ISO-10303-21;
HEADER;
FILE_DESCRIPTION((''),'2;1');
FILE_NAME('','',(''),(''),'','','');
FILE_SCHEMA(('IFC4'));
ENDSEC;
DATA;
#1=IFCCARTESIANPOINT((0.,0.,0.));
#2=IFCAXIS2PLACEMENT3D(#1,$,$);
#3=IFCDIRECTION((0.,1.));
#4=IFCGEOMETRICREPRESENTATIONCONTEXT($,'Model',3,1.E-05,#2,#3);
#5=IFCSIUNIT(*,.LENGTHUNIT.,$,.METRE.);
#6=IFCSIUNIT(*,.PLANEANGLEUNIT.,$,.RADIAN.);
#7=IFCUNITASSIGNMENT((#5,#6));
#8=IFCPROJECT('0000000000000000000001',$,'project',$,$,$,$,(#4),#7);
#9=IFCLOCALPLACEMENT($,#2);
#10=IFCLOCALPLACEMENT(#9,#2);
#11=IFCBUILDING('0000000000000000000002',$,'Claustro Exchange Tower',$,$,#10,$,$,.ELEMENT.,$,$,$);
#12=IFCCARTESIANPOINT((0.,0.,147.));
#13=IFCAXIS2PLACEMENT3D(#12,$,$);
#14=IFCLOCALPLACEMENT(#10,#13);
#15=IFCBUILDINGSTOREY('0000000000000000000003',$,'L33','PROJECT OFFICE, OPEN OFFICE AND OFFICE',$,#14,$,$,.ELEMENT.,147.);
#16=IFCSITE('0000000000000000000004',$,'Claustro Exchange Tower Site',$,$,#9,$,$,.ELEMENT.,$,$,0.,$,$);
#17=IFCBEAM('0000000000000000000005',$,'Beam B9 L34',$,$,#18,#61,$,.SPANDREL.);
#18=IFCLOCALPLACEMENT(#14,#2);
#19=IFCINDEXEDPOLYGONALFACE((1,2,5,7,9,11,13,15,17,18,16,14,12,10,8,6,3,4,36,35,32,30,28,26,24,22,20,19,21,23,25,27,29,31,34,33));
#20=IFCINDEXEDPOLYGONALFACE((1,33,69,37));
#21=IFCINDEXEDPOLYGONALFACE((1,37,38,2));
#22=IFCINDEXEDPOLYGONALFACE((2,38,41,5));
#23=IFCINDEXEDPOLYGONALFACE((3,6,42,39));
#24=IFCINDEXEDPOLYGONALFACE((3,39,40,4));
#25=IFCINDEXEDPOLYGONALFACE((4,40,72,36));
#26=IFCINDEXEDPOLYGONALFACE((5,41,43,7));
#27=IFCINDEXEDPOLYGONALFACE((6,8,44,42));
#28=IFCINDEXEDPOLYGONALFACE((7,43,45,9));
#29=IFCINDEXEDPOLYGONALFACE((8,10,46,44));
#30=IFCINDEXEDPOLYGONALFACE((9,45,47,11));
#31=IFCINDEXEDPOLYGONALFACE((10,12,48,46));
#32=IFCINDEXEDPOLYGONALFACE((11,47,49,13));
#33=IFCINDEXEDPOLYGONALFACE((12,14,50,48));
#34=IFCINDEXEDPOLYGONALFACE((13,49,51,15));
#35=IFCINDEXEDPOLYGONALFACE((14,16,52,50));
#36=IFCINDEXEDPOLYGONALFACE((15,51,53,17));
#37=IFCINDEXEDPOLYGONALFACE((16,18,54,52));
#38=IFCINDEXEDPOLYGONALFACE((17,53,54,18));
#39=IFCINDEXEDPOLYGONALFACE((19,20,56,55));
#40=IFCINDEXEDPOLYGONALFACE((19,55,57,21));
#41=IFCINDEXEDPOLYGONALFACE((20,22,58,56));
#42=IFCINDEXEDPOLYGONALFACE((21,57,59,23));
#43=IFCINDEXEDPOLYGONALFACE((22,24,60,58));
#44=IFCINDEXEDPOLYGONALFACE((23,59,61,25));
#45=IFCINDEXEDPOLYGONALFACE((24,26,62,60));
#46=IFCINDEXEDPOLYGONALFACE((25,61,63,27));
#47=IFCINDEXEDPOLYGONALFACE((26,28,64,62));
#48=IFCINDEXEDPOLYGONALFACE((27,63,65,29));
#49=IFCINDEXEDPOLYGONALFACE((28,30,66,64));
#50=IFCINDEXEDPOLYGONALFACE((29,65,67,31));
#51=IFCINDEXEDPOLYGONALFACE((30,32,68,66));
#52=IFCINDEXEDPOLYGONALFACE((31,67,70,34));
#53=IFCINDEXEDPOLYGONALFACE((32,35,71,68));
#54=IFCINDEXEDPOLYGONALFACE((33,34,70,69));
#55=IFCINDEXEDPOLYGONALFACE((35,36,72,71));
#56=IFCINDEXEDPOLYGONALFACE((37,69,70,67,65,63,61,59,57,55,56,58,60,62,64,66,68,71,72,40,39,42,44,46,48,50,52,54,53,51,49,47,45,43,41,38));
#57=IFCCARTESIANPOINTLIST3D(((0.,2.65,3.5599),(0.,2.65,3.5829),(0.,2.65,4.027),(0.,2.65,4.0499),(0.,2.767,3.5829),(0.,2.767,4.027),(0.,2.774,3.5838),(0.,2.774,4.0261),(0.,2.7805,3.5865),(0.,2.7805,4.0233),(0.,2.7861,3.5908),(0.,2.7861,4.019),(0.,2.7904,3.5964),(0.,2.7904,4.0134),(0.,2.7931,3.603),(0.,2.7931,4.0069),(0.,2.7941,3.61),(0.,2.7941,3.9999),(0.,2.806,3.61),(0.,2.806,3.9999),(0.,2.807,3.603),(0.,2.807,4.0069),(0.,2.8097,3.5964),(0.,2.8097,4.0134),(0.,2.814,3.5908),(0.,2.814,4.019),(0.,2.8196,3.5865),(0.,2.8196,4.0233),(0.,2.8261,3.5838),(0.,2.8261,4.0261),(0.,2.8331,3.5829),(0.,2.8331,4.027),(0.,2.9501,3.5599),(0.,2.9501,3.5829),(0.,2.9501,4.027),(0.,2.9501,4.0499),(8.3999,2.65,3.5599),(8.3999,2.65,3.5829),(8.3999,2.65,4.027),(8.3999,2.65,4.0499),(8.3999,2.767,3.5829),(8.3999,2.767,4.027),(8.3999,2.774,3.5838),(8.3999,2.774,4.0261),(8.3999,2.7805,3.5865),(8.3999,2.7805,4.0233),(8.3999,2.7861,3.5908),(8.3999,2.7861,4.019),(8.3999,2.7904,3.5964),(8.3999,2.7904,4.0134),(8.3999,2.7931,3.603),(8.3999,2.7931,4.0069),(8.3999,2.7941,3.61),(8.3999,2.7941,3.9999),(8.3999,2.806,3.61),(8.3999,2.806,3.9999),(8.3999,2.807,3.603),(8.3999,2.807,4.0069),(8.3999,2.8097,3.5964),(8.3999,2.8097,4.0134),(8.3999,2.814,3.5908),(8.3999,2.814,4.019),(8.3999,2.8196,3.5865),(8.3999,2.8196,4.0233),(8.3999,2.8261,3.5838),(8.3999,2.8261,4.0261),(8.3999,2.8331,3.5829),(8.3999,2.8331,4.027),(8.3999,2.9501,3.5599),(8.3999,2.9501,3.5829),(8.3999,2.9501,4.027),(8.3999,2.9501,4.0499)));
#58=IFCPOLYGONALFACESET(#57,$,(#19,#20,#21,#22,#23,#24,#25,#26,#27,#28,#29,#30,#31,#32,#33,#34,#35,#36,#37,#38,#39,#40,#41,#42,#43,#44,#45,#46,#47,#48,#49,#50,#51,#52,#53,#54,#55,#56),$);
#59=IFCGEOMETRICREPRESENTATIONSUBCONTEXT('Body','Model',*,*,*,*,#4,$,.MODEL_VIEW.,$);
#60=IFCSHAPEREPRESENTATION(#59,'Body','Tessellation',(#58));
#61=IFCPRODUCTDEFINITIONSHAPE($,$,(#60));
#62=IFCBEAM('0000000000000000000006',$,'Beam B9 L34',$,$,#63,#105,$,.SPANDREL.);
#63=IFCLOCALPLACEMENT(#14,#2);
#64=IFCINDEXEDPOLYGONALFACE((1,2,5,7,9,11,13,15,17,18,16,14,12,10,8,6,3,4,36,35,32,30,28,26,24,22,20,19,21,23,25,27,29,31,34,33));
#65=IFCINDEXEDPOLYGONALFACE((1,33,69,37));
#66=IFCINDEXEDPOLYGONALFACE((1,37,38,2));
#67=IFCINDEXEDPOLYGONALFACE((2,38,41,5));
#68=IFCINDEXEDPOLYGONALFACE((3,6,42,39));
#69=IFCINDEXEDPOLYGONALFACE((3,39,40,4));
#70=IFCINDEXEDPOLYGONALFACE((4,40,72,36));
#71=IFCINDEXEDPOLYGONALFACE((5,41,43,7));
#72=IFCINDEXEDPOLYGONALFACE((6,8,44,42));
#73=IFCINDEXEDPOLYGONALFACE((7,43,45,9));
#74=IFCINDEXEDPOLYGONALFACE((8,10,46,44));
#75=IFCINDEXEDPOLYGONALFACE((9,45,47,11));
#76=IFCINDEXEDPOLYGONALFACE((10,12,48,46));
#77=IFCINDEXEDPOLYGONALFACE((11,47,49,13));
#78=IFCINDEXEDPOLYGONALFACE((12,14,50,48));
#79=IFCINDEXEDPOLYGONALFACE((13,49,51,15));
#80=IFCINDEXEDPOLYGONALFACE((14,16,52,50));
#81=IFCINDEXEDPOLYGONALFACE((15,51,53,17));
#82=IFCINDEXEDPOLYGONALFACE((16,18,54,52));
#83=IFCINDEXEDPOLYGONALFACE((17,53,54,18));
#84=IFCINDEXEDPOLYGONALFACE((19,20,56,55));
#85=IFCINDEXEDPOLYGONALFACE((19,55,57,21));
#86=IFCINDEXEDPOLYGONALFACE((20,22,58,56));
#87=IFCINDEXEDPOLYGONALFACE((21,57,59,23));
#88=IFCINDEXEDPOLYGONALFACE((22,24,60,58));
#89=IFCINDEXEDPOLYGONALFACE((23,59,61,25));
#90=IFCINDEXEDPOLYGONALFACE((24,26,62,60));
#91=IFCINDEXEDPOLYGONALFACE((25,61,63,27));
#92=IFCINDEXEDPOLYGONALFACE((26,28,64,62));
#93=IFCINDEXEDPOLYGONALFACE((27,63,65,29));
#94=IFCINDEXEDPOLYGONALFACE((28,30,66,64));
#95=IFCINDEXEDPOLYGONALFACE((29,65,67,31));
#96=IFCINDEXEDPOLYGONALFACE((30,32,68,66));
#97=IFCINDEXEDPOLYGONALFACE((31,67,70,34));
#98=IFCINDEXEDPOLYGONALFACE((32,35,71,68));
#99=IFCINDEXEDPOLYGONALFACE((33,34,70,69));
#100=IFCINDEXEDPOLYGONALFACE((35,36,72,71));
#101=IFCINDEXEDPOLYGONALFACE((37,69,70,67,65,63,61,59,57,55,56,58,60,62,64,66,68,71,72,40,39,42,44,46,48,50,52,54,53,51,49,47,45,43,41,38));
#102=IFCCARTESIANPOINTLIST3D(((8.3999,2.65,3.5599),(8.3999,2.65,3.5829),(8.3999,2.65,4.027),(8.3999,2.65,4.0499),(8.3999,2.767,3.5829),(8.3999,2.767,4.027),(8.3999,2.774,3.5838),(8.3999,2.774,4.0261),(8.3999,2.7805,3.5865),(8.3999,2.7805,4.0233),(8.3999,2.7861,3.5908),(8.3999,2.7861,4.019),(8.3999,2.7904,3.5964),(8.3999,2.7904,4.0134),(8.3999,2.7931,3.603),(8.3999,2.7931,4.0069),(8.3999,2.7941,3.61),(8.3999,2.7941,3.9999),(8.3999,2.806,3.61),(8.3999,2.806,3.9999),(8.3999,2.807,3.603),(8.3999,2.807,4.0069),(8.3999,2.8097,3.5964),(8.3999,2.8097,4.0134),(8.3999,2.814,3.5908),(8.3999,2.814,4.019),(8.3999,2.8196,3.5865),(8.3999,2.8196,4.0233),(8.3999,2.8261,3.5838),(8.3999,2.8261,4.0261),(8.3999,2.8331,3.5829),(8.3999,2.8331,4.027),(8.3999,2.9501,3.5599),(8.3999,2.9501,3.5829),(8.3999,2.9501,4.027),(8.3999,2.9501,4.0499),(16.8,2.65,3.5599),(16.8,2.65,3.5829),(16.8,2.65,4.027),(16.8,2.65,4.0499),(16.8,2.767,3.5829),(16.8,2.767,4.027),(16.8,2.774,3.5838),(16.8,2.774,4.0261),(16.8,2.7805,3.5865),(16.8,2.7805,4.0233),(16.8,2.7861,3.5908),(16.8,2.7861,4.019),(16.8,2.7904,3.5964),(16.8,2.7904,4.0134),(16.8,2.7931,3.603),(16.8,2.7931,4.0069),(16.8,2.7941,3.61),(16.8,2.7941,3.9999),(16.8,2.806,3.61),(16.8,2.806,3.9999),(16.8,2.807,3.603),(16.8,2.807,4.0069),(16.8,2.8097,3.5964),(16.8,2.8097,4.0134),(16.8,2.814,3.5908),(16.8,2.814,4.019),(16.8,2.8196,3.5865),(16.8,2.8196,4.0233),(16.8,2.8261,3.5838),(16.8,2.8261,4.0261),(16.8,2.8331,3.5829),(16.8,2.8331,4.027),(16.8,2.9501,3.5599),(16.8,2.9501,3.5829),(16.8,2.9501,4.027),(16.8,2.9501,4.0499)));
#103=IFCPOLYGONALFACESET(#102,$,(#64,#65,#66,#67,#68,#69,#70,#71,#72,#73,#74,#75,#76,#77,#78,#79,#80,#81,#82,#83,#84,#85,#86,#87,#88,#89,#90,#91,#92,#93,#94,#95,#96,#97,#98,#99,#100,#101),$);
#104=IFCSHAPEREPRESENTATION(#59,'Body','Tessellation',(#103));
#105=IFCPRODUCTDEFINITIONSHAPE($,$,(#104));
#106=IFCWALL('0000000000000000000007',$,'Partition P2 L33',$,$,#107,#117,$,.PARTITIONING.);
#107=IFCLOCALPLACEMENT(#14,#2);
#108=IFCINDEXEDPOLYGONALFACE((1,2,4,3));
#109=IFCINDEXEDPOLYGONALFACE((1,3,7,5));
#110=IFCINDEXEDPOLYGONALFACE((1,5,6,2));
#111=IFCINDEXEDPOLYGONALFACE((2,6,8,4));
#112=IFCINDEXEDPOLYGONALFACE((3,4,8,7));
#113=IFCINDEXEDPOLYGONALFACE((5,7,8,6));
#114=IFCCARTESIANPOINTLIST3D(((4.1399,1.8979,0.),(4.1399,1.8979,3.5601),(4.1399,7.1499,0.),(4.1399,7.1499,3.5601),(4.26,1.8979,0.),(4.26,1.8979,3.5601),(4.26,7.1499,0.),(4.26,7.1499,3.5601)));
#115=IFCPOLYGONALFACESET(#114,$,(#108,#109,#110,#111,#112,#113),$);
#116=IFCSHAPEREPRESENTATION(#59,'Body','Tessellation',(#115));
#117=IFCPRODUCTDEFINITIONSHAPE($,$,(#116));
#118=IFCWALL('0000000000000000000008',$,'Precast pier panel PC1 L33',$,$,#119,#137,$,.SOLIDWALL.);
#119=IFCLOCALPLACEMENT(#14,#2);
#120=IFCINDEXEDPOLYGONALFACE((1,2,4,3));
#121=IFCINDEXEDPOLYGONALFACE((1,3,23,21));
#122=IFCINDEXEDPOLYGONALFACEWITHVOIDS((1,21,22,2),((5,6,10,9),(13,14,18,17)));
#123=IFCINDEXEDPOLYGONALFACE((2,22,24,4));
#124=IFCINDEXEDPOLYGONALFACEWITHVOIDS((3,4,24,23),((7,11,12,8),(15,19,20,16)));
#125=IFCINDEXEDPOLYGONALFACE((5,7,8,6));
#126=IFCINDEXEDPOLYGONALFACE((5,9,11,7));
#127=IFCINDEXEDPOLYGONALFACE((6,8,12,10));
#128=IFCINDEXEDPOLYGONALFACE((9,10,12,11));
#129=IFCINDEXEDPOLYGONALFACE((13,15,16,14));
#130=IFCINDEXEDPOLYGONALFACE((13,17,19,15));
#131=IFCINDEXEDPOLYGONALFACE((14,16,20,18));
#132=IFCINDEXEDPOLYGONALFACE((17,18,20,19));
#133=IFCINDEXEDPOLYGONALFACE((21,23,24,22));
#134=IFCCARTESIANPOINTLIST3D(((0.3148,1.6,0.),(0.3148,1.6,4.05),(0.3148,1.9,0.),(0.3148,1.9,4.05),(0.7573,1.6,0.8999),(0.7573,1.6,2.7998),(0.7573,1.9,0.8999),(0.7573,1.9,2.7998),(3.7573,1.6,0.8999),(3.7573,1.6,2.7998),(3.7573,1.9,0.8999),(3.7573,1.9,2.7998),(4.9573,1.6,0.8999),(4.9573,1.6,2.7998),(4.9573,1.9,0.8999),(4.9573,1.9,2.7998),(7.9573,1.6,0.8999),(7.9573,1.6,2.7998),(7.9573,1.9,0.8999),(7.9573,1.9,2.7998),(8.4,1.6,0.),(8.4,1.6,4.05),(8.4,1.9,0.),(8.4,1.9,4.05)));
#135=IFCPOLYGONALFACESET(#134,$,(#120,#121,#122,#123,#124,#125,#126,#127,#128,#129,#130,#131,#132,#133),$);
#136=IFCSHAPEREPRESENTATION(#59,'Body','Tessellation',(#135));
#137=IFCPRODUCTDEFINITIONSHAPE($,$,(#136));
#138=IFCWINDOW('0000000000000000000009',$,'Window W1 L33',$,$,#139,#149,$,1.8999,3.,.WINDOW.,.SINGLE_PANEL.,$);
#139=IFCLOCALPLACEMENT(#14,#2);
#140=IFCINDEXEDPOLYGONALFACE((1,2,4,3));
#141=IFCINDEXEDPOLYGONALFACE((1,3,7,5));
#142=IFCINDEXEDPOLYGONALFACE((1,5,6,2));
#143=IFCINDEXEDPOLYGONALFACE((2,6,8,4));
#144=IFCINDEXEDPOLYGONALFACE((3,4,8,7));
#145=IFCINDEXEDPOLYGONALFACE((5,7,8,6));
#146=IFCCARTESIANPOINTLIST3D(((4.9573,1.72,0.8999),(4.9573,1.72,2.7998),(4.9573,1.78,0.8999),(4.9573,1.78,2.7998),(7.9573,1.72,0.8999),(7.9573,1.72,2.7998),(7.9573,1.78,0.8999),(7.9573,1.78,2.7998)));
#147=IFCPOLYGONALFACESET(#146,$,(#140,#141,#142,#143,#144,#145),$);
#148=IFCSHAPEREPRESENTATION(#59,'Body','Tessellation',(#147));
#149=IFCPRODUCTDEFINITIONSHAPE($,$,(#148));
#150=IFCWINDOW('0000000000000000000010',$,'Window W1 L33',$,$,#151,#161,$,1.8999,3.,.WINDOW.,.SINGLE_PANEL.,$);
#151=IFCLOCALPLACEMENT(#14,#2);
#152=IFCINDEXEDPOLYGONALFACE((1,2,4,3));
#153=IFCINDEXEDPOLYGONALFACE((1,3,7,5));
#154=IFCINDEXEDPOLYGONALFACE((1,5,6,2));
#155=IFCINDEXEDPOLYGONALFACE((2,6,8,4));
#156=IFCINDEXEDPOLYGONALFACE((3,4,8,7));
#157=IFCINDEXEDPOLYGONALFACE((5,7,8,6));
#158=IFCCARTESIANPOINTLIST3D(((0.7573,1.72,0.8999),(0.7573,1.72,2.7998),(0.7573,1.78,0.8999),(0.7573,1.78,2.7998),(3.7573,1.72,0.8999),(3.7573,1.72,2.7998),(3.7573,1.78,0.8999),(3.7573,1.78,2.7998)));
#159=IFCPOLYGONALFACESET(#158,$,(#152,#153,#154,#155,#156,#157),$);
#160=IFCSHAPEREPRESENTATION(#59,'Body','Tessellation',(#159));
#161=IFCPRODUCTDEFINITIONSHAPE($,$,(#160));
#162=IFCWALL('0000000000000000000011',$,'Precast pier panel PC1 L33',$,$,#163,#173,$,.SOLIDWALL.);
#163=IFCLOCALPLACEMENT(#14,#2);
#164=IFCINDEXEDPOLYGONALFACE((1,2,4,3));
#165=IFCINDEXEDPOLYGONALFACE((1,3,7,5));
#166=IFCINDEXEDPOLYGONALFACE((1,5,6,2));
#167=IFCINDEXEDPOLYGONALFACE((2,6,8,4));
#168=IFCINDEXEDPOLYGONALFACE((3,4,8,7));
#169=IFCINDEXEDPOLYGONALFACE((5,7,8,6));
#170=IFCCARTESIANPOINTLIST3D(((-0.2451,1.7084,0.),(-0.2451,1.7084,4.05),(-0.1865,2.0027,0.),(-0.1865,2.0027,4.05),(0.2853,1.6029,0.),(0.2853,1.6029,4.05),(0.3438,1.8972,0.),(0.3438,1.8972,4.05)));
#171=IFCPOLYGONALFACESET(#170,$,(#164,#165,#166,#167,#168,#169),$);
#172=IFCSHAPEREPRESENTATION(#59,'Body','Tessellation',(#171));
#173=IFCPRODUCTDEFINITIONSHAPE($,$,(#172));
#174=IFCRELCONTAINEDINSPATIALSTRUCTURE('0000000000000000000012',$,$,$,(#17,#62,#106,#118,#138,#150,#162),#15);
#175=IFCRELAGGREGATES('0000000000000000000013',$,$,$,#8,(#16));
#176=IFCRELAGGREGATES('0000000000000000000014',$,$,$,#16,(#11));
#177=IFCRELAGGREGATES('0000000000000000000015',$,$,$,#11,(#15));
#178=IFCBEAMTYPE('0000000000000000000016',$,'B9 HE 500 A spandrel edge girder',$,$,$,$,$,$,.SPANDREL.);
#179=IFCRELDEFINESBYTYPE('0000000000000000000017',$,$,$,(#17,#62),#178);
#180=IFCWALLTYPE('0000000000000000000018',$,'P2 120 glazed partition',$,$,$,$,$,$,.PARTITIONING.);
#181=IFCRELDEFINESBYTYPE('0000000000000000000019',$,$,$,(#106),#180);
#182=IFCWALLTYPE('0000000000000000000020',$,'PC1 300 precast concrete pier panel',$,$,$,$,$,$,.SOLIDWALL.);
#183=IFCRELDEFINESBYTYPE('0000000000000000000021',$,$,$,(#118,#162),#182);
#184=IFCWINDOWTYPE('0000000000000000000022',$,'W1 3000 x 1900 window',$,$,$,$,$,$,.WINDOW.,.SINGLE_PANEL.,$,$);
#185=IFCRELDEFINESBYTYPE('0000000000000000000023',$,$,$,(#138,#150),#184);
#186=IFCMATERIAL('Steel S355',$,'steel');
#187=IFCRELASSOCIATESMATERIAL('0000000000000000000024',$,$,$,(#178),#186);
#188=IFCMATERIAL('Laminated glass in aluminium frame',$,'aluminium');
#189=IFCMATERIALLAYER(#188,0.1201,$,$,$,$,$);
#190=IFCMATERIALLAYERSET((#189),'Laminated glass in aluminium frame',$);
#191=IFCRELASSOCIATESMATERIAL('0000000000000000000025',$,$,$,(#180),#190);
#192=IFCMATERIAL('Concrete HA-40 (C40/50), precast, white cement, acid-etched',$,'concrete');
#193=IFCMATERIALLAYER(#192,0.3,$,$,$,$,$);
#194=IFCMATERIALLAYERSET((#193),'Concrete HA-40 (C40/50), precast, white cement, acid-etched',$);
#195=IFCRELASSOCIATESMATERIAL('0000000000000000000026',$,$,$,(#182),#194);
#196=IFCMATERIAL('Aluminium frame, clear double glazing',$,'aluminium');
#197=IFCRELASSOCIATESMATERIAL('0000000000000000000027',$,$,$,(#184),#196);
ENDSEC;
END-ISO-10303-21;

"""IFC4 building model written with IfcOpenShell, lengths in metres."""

from ifc_helpers import new_model, si_unit, direction, frame, frame_2d, origin, origin_2d, place, context, subcontext, project, spatial, rectangle, i_section, extrude, material, layer, layer_set, material_profile, profile_set, type_object, element, fill, save


model = new_model("IFC4")

# Units and contexts
model_context = context("Model", 3, precision=1e-05, world=origin(), true_north=direction((0.0, 1.0)))
body_context = subcontext(model_context, "Body", "Model", "MODEL_VIEW")
ifc_project = project(units=[si_unit("LENGTHUNIT", "METRE"), si_unit("PLANEANGLEUNIT", "RADIAN")], contexts=[model_context])

# Site, building, storey
site_placement = place(None, origin())
site = spatial("IfcSite", under=ifc_project, at=site_placement, Name="Claustro Exchange Tower Site", CompositionType="ELEMENT", RefElevation=0.0)
building_placement = place(site_placement, origin())
building = spatial("IfcBuilding", under=site, at=building_placement, Name="Claustro Exchange Tower", CompositionType="ELEMENT")
storey_placement = place(building_placement, frame((0.0, 0.0, 147.0)))
storey = spatial("IfcBuildingStorey", under=building, at=storey_placement, Name="L33", Description="PROJECT OFFICE, OPEN OFFICE AND OFFICE", CompositionType="ELEMENT", Elevation=147.0)

# Beams
ifc_material_1 = material(Name="Steel S355", Category="steel")
ifc_material_profile_1 = material_profile(ifc_material_1, i_section(OverallWidth=0.3, OverallDepth=0.49, WebThickness=0.012, FlangeThickness=0.0229, FilletRadius=0.0271, at=origin_2d()), Name="HE 500 A")
ifc_profile_set_1 = profile_set([ifc_material_profile_1], Name="Steel S355")
beam_type_1 = type_object("IfcBeamType", Name="B9 HE 500 A spandrel edge girder", PredefinedType="SPANDREL", material=ifc_profile_set_1)
beam_1_placement = place(storey_placement, frame((0.0, 2.8, 3.8049), z_axis=(1.0, 0.0, 0.0), x_axis=(0.0, 1.0, 0.0)))
element("IfcBeam", 1, at=beam_1_placement, inside=storey, type_object=beam_type_1, Name="Beam B9 L34", PredefinedType="SPANDREL", context=body_context, shape_type="SweptSolid", body=[
    extrude(i_section(OverallWidth=0.3, OverallDepth=0.49, WebThickness=0.012, FlangeThickness=0.0229, FilletRadius=0.0271, at=origin_2d()), origin(), (0.0, 0.0, 1.0), 8.3999),
])
beam_2_placement = place(storey_placement, frame((8.3999, 2.8, 3.8049), z_axis=(1.0, 0.0, 0.0), x_axis=(0.0, 1.0, 0.0)))
element("IfcBeam", 2, at=beam_2_placement, inside=storey, type_object=beam_type_1, Name="Beam B9 L34", PredefinedType="SPANDREL", context=body_context, shape_type="SweptSolid", body=[
    extrude(i_section(OverallWidth=0.3, OverallDepth=0.49, WebThickness=0.012, FlangeThickness=0.0229, FilletRadius=0.0271, at=origin_2d()), origin(), (0.0, 0.0, 1.0), 8.4001),
])

# Wall
ifc_material_2 = material(Name="Laminated glass in aluminium frame", Category="aluminium")
ifc_layer_1 = layer(ifc_material_2, 0.1201)
ifc_layer_set_1 = layer_set([ifc_layer_1], Name="Laminated glass in aluminium frame")
wall_type_1 = type_object("IfcWallType", Name="P2 120 glazed partition", PredefinedType="PARTITIONING", material=ifc_layer_set_1)
wall_1_placement = place(storey_placement, frame((4.2, 1.8979, 0.0), z_axis=(0.0, 0.0, 1.0), x_axis=(0.0, 1.0, 0.0)))
element("IfcWall", 3, at=wall_1_placement, inside=storey, type_object=wall_type_1, Name="Partition P2 L33", PredefinedType="PARTITIONING", context=body_context, shape_type="SweptSolid", body=[
    extrude(rectangle(XDim=5.252, YDim=0.1201, at=frame_2d((2.626, 0.0))), origin(), (0.0, 0.0, 1.0), 3.5601),
])

# Wall, openings, windows
ifc_material_3 = material(Name="Concrete HA-40 (C40/50), precast, white cement, acid-etched", Category="concrete")
ifc_layer_2 = layer(ifc_material_3, 0.3)
ifc_layer_set_2 = layer_set([ifc_layer_2], Name="Concrete HA-40 (C40/50), precast, white cement, acid-etched")
wall_type_2 = type_object("IfcWallType", Name="PC1 300 precast concrete pier panel", PredefinedType="SOLIDWALL", material=ifc_layer_set_2)
wall_2_placement = place(storey_placement, frame((8.3999, 1.75, 0.0), z_axis=(0.0, 0.0, 1.0), x_axis=(-1.0, 0.0, 0.0)))
wall_2 = element("IfcWall", 4, at=wall_2_placement, inside=storey, type_object=wall_type_2, Name="Precast pier panel PC1 L33", PredefinedType="SOLIDWALL", context=body_context, shape_type="SweptSolid", body=[
    extrude(rectangle(XDim=8.0852, YDim=0.3, at=frame_2d((4.0425, 0.0))), origin(), (0.0, 0.0, 1.0), 4.05),
])
opening_1_placement = place(wall_2_placement, frame((0.4426, 0.0, 0.8999)))
opening_1 = element("IfcOpeningElement", 5, at=opening_1_placement, cuts=wall_2, PredefinedType="OPENING", context=body_context, shape_type="SweptSolid", body=[
    extrude(rectangle(XDim=3.0, YDim=1.8999, at=frame_2d((1.5, 0.95))), frame((0.0, 0.1599, 0.0), z_axis=(0.0, -1.0, 0.0), x_axis=(1.0, 0.0, 0.0)), (0.0, 0.0, 1.0), 0.3201),
])
opening_2_placement = place(wall_2_placement, frame((4.6426, 0.0, 0.8999)))
opening_2 = element("IfcOpeningElement", 6, at=opening_2_placement, cuts=wall_2, PredefinedType="OPENING", context=body_context, shape_type="SweptSolid", body=[
    extrude(rectangle(XDim=3.0, YDim=1.8999, at=frame_2d((1.5, 0.95))), frame((0.0, 0.1599, 0.0), z_axis=(0.0, -1.0, 0.0), x_axis=(1.0, 0.0, 0.0)), (0.0, 0.0, 1.0), 0.3201),
])
ifc_material_4 = material(Name="Aluminium frame, clear double glazing", Category="aluminium")
window_type = type_object("IfcWindowType", Name="W1 3000 x 1900 window", PartitioningType="SINGLE_PANEL", PredefinedType="WINDOW", material=ifc_material_4)
window_1_placement = place(opening_1_placement, origin())
window_1 = element("IfcWindow", 7, at=window_1_placement, inside=storey, type_object=window_type, Name="Window W1 L33", OverallHeight=1.8999, OverallWidth=3.0, PartitioningType="SINGLE_PANEL", PredefinedType="WINDOW", context=body_context, shape_type="SweptSolid", body=[
    extrude(rectangle(XDim=3.0, YDim=1.8999, at=frame_2d((1.5, 0.95))), frame((0.0, 0.03, 0.0), z_axis=(0.0, -1.0, 0.0), x_axis=(1.0, 0.0, 0.0)), (0.0, 0.0, 1.0), 0.0601),
])
fill(opening_1, window_1)
window_2_placement = place(opening_2_placement, origin())
window_2 = element("IfcWindow", 8, at=window_2_placement, inside=storey, type_object=window_type, Name="Window W1 L33", OverallHeight=1.8999, OverallWidth=3.0, PartitioningType="SINGLE_PANEL", PredefinedType="WINDOW", context=body_context, shape_type="SweptSolid", body=[
    extrude(rectangle(XDim=3.0, YDim=1.8999, at=frame_2d((1.5, 0.95))), frame((0.0, 0.03, 0.0), z_axis=(0.0, -1.0, 0.0), x_axis=(1.0, 0.0, 0.0)), (0.0, 0.0, 1.0), 0.0601),
])
fill(opening_2, window_2)

# Wall
wall_3_placement = place(storey_placement, frame((0.3147, 1.75, 0.0), z_axis=(0.0, 0.0, 1.0), x_axis=(-0.980789, 0.195074, 0.0)))
element("IfcWall", 9, at=wall_3_placement, inside=storey, type_object=wall_type_2, Name="Precast pier panel PC1 L33", PredefinedType="SOLIDWALL", context=body_context, shape_type="SweptSolid", body=[
    extrude(rectangle(XDim=0.5408, YDim=0.3, at=frame_2d((0.2705, 0.0))), origin(), (0.0, 0.0, 1.0), 4.05),
])

save(model, "model.ifc")
